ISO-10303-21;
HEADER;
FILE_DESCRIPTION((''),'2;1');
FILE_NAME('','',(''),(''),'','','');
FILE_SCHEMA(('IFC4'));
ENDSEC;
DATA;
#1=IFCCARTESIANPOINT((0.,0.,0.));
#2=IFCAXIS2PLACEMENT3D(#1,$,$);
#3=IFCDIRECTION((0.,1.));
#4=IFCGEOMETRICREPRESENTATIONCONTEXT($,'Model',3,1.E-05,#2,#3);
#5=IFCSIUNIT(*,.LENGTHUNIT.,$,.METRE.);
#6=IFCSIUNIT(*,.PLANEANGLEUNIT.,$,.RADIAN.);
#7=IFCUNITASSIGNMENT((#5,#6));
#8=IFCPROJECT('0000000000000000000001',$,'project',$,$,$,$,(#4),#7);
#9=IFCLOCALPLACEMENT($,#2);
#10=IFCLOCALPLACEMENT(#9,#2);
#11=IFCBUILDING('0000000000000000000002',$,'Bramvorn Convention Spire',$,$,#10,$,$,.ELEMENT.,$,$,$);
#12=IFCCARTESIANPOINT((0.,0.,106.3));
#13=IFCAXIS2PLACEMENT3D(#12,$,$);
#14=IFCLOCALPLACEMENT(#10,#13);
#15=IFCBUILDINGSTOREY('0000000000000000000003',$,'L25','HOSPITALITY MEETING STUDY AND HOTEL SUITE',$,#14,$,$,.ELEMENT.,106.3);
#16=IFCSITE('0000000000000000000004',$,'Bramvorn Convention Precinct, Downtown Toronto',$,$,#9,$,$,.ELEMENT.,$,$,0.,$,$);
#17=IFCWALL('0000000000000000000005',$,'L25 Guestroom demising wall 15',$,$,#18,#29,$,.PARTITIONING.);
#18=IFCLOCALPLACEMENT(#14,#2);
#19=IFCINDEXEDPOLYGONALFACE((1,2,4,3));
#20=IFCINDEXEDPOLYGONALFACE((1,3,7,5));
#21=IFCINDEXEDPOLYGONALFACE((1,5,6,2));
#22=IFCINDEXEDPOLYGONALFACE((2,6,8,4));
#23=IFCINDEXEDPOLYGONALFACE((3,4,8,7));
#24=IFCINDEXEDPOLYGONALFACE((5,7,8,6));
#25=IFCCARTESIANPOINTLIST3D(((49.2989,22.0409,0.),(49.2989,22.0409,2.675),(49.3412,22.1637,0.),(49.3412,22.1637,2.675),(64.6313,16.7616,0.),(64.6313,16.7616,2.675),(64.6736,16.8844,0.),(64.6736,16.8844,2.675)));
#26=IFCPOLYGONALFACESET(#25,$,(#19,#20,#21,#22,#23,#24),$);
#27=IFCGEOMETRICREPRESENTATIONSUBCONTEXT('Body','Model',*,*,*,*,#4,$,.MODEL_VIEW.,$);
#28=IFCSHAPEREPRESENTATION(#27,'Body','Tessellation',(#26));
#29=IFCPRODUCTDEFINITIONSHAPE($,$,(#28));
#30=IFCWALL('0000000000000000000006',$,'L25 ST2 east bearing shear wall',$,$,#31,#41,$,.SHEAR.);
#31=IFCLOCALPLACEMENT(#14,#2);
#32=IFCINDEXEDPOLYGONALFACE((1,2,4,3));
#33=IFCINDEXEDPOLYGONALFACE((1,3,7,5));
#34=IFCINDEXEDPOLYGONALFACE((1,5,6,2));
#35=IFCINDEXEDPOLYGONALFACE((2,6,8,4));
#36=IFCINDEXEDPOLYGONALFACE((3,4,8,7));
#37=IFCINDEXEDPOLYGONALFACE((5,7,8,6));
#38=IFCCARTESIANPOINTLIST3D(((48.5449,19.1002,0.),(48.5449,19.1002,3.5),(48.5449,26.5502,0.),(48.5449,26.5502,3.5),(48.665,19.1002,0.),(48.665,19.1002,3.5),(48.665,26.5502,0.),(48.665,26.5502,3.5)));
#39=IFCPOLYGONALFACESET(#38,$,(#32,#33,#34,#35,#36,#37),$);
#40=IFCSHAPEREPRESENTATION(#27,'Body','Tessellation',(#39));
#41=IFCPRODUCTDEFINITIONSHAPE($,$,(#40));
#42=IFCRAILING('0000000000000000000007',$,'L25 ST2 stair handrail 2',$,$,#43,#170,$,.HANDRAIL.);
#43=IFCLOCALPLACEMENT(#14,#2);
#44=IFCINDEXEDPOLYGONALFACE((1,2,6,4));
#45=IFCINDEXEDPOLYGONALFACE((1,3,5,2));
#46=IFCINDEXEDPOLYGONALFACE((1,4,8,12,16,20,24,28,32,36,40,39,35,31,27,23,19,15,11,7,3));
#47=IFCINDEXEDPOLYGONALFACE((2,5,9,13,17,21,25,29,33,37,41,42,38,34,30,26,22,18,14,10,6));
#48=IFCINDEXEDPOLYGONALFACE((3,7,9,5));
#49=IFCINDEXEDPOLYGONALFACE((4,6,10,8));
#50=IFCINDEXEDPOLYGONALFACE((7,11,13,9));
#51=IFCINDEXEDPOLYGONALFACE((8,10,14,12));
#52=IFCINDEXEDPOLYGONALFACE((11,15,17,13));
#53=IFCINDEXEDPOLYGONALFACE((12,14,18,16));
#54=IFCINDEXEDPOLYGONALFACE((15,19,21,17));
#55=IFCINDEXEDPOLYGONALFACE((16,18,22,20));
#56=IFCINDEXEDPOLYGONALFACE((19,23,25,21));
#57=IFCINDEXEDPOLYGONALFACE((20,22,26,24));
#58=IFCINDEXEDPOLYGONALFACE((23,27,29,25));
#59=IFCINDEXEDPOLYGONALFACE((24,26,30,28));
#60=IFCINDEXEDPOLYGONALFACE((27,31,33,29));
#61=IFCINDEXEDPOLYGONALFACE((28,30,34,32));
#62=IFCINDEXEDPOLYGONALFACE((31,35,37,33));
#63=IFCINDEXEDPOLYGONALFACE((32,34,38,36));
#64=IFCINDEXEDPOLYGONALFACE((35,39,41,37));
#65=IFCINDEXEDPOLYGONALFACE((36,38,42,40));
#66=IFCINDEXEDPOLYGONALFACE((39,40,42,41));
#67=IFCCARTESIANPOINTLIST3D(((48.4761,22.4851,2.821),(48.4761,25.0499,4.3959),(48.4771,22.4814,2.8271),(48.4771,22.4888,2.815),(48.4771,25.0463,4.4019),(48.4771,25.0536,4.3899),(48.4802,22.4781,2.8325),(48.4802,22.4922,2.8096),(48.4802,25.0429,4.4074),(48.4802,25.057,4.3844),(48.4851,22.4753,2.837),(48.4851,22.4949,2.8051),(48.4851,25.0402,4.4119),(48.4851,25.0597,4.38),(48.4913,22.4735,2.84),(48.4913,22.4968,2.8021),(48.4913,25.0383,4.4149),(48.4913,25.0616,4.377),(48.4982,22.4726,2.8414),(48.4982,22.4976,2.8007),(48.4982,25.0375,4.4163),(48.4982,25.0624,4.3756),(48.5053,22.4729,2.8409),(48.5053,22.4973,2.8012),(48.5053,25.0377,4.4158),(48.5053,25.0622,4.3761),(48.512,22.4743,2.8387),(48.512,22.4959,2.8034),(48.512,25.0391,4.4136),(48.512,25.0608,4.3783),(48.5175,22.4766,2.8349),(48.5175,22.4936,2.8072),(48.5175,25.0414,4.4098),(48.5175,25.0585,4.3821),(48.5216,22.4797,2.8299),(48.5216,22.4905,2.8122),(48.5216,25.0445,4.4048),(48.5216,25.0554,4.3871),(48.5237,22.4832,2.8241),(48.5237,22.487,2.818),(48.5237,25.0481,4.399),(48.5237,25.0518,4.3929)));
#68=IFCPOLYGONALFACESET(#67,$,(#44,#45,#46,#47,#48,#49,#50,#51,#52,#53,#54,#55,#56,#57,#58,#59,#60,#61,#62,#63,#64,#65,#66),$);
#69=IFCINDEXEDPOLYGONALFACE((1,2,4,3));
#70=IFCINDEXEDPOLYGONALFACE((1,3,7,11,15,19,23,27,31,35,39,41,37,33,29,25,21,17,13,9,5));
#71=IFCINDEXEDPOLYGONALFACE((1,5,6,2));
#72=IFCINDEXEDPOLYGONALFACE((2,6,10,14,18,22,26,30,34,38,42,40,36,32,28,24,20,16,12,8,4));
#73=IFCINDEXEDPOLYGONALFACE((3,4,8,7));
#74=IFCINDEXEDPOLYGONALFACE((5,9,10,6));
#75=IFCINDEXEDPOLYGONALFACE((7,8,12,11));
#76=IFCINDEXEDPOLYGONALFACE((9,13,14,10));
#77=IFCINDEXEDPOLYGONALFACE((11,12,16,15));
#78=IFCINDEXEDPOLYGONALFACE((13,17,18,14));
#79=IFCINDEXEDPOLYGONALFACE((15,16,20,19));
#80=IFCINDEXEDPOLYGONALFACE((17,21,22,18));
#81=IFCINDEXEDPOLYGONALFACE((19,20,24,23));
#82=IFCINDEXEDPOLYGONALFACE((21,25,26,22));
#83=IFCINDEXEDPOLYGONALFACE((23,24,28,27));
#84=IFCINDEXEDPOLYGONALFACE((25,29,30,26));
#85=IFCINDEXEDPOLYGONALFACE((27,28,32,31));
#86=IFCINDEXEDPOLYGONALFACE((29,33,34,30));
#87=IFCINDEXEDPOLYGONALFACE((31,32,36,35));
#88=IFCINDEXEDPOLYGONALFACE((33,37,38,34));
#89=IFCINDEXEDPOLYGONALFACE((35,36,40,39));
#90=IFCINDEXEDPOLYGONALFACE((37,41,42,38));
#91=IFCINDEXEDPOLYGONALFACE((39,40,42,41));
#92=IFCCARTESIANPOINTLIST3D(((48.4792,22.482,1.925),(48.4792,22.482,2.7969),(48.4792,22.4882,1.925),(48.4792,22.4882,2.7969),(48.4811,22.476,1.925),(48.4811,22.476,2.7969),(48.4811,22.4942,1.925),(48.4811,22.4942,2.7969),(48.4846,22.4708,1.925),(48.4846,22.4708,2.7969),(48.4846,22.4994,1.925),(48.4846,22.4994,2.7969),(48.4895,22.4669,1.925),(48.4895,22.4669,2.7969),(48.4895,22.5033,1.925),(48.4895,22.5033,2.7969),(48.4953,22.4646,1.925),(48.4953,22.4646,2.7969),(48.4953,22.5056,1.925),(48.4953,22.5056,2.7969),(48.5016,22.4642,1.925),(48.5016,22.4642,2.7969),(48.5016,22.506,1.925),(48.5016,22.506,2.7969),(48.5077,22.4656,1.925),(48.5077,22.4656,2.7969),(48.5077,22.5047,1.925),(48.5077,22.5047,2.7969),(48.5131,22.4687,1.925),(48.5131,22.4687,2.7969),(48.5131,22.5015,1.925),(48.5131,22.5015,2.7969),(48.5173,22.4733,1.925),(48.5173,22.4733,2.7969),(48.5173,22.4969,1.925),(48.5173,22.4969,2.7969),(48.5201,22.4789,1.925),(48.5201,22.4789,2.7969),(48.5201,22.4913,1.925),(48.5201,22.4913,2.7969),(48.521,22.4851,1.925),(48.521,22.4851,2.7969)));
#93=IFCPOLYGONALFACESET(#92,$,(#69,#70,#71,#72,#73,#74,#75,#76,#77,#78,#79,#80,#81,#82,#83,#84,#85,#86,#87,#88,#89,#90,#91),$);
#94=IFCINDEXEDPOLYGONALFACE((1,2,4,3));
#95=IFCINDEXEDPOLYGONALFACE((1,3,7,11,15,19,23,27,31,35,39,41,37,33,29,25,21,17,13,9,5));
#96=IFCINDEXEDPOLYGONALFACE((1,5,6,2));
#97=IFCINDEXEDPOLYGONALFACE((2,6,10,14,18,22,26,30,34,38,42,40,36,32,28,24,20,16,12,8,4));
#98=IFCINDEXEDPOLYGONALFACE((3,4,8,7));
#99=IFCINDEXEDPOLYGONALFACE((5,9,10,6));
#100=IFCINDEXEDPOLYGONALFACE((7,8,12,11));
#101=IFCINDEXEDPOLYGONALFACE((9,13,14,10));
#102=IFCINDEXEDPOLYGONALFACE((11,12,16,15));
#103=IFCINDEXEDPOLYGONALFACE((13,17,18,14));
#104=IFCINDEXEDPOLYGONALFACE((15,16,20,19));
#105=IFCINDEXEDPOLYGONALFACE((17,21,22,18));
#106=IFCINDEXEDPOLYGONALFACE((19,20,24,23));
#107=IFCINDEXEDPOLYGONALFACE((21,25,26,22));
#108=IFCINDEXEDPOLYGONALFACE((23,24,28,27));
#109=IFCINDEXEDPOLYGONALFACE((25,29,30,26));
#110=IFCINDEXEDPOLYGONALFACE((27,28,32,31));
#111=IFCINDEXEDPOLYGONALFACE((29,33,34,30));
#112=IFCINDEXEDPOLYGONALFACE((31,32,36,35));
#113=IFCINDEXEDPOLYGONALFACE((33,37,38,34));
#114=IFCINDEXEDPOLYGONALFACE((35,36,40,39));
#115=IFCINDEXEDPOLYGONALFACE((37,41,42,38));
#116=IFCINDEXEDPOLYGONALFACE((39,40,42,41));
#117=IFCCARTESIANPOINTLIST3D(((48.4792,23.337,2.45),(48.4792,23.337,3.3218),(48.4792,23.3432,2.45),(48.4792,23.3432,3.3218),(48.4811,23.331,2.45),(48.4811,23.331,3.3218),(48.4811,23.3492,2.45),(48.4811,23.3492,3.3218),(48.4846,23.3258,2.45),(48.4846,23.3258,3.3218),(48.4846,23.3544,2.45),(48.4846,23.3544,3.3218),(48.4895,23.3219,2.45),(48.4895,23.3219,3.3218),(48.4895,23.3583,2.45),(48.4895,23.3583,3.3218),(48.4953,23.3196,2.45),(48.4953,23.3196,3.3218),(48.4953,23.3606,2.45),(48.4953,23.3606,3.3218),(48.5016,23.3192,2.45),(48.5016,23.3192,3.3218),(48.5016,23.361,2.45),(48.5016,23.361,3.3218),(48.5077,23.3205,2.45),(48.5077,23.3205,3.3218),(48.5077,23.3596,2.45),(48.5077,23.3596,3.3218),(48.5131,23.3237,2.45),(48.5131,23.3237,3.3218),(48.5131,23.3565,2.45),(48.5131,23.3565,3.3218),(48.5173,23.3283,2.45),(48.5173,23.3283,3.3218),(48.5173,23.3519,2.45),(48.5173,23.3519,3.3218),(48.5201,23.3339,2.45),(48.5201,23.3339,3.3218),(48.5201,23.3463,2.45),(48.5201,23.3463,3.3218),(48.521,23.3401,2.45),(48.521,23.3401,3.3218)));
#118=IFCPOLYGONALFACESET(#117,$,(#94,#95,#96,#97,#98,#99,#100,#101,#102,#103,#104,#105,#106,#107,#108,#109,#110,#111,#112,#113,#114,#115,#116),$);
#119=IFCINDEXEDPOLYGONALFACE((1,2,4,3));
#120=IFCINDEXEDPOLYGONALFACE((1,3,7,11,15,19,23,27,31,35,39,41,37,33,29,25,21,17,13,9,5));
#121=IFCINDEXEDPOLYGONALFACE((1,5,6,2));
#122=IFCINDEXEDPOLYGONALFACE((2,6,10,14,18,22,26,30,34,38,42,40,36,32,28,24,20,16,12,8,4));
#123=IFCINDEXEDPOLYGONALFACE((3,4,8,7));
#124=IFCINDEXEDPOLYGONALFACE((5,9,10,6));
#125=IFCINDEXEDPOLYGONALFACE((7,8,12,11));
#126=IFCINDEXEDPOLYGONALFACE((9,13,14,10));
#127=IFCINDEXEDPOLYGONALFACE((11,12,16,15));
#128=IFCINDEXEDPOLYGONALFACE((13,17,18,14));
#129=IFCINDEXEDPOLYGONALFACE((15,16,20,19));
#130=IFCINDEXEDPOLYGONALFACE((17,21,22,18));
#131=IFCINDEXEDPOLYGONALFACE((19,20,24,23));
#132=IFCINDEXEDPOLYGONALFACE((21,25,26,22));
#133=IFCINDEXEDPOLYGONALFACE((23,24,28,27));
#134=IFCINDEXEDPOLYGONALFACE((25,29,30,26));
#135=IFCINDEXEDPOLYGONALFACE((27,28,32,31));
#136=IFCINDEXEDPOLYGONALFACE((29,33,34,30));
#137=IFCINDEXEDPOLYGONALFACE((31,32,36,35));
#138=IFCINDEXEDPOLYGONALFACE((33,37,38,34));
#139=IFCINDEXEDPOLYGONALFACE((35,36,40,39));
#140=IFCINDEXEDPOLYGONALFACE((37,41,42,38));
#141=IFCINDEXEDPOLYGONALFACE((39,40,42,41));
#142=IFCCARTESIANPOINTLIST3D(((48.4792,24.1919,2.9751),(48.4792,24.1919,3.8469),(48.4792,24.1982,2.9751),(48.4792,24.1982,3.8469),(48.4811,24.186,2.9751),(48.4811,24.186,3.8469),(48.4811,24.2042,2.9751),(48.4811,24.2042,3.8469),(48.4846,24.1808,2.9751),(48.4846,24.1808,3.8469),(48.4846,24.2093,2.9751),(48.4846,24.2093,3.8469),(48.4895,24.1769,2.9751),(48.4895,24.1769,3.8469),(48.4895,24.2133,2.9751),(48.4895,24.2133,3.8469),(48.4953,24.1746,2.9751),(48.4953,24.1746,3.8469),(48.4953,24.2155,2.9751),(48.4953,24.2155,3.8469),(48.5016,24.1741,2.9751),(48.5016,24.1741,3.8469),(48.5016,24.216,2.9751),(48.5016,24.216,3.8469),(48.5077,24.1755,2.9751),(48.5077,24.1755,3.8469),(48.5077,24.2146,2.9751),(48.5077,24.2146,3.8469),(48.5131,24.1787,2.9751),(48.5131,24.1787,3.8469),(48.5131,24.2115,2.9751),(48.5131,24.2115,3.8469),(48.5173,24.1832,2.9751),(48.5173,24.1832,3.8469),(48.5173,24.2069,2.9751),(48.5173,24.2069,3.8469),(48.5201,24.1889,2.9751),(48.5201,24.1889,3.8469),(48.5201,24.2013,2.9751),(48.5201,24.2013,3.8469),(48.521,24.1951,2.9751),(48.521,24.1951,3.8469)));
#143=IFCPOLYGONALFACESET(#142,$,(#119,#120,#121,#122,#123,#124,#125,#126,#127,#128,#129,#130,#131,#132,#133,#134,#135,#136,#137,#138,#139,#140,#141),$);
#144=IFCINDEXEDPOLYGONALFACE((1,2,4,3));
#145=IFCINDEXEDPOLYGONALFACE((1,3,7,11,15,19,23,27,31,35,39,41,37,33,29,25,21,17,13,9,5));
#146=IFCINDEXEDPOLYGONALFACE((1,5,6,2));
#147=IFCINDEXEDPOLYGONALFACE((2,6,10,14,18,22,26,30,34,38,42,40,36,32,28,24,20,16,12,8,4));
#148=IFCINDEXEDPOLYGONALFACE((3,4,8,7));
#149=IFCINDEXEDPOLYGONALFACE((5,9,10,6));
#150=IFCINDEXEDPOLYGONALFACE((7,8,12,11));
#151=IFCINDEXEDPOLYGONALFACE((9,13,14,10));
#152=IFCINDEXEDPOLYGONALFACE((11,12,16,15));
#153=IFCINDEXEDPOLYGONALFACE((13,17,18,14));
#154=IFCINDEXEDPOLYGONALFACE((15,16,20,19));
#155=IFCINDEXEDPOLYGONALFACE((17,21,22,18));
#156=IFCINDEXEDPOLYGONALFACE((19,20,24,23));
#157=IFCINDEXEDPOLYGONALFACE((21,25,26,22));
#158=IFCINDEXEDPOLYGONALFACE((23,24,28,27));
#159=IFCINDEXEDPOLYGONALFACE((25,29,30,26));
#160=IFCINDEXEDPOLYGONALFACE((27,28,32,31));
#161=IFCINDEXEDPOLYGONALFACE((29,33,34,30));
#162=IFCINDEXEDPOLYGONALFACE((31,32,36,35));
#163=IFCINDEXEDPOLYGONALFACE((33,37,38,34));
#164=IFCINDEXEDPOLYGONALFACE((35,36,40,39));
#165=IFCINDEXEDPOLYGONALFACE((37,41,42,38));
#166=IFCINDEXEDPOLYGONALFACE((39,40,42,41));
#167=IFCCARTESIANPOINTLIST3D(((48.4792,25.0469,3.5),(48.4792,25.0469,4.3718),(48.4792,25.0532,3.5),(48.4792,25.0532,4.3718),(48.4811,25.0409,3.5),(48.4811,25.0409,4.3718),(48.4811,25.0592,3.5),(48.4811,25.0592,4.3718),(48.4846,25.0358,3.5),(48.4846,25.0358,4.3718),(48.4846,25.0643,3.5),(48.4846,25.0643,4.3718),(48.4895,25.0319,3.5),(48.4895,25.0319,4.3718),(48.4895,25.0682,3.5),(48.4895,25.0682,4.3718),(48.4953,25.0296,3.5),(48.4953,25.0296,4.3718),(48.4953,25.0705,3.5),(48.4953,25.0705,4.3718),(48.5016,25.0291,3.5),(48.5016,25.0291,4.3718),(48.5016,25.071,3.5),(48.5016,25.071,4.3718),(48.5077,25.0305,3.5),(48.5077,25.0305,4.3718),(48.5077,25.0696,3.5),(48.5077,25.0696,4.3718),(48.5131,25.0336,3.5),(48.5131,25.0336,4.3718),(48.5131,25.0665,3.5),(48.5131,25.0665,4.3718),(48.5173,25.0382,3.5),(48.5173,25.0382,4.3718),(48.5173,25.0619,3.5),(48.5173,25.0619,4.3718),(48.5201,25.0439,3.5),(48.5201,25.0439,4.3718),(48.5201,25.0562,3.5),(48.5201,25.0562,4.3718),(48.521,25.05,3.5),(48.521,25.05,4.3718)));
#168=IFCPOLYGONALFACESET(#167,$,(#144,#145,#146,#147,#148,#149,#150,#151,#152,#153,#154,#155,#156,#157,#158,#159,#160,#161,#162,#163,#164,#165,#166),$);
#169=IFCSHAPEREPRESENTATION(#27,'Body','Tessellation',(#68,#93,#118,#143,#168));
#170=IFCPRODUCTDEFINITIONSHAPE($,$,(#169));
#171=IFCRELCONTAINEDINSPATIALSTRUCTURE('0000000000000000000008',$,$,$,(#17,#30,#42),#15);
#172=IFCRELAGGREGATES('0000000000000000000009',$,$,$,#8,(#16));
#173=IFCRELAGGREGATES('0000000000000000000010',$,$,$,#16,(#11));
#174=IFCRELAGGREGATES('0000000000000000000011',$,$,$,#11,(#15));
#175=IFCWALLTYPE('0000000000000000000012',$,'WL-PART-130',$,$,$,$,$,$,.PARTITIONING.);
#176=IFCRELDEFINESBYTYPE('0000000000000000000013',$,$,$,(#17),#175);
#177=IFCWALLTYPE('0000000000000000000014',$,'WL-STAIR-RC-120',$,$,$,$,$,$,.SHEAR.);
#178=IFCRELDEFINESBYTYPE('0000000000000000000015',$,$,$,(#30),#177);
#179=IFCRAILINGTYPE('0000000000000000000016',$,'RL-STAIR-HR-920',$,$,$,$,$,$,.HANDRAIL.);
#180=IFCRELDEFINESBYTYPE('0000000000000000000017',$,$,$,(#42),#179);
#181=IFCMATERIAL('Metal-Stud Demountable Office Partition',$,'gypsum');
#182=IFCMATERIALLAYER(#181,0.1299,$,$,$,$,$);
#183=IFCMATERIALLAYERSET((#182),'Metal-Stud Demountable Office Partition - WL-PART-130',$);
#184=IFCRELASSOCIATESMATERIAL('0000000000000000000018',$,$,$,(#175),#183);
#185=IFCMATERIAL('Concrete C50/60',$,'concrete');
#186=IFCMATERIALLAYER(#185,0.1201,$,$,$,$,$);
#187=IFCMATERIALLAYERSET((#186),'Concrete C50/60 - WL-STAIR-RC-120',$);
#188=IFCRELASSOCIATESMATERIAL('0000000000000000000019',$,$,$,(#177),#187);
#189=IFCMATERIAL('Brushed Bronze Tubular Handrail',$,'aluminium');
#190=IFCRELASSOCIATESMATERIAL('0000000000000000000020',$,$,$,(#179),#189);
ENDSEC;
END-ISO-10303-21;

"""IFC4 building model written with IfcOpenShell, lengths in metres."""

from ifc_helpers import new_model, si_unit, direction, frame, frame_2d, origin, origin_2d, place, context, subcontext, project, spatial, rectangle, circle, extrude, material, layer, layer_set, type_object, element, save


model = new_model("IFC4")

# Units and contexts
model_context = context("Model", 3, precision=1e-05, world=origin(), true_north=direction((0.0, 1.0)))
body_context = subcontext(model_context, "Body", "Model", "MODEL_VIEW")
ifc_project = project(units=[si_unit("LENGTHUNIT", "METRE"), si_unit("PLANEANGLEUNIT", "RADIAN")], contexts=[model_context])

# Site, building, storey
site_placement = place(None, origin())
site = spatial("IfcSite", under=ifc_project, at=site_placement, Name="Bramvorn Convention Precinct, Downtown Toronto", CompositionType="ELEMENT", RefElevation=0.0)
building_placement = place(site_placement, origin())
building = spatial("IfcBuilding", under=site, at=building_placement, Name="Bramvorn Convention Spire", CompositionType="ELEMENT")
storey_placement = place(building_placement, frame((0.0, 0.0, 106.3)))
storey = spatial("IfcBuildingStorey", under=building, at=storey_placement, Name="L25", Description="HOSPITALITY MEETING STUDY AND HOTEL SUITE", CompositionType="ELEMENT", Elevation=106.3)

# Walls
ifc_material_1 = material(Name="Metal-Stud Demountable Office Partition", Category="gypsum")
ifc_layer_1 = layer(ifc_material_1, 0.1299)
ifc_layer_set_1 = layer_set([ifc_layer_1], Name="Metal-Stud Demountable Office Partition - WL-PART-130")
wall_type_1 = type_object("IfcWallType", Name="WL-PART-130", PredefinedType="PARTITIONING", material=ifc_layer_set_1)
wall_1_placement = place(storey_placement, frame((49.3201, 22.1023, 0.0), z_axis=(0.0, 0.0, 1.0), x_axis=(0.945519, -0.325567, 0.0)))
element("IfcWall", 1, at=wall_1_placement, inside=storey, type_object=wall_type_1, Name="L25 Guestroom demising wall 15", PredefinedType="PARTITIONING", context=body_context, shape_type="SweptSolid", body=[
    extrude(rectangle(XDim=16.2158, YDim=0.1299, at=frame_2d((8.1079, 0.0))), origin(), (0.0, 0.0, 1.0), 2.675),
])
ifc_material_2 = material(Name="Concrete C50/60", Category="concrete")
ifc_layer_2 = layer(ifc_material_2, 0.1201)
ifc_layer_set_2 = layer_set([ifc_layer_2], Name="Concrete C50/60 - WL-STAIR-RC-120")
wall_type_2 = type_object("IfcWallType", Name="WL-STAIR-RC-120", PredefinedType="SHEAR", material=ifc_layer_set_2)
wall_2_placement = place(storey_placement, frame((48.605, 19.1001, 0.0), z_axis=(0.0, 0.0, 1.0), x_axis=(0.0, 1.0, 0.0)))
element("IfcWall", 2, at=wall_2_placement, inside=storey, type_object=wall_type_2, Name="L25 ST2 east bearing shear wall", PredefinedType="SHEAR", context=body_context, shape_type="SweptSolid", body=[
    extrude(rectangle(XDim=7.45, YDim=0.1201, at=frame_2d((3.7251, 0.0))), origin(), (0.0, 0.0, 1.0), 3.5),
])

# Railing
ifc_material_3 = material(Name="Brushed Bronze Tubular Handrail", Category="aluminium")
railing_type = type_object("IfcRailingType", Name="RL-STAIR-HR-920", PredefinedType="HANDRAIL", material=ifc_material_3)
railing_placement = place(storey_placement, frame((48.5, 22.4851, 1.925)))
element("IfcRailing", 3, at=railing_placement, inside=storey, type_object=railing_type, Name="L25 ST2 stair handrail 2", PredefinedType="HANDRAIL", context=body_context, shape_type="SweptSolid", body=[
    extrude(circle(Radius=0.0239, at=origin_2d()), frame((0.0, 0.0, 0.896), z_axis=(0.0, 0.852173, 0.52326), x_axis=(-1.0, 0.0, 0.0)), (0.0, 0.0, 1.0), 3.0098),
    extrude(circle(Radius=0.021, at=origin_2d()), origin(), (0.0, 0.0, 1.0), 0.8718),
    extrude(circle(Radius=0.021, at=origin_2d()), frame((0.0, 0.855, 0.5249)), (0.0, 0.0, 1.0), 0.8718),
    extrude(circle(Radius=0.021, at=origin_2d()), frame((0.0, 1.71, 1.05)), (0.0, 0.0, 1.0), 0.8718),
    extrude(circle(Radius=0.021, at=origin_2d()), frame((0.0, 2.5649, 1.575)), (0.0, 0.0, 1.0), 0.8718),
])

save(model, "model.ifc")
